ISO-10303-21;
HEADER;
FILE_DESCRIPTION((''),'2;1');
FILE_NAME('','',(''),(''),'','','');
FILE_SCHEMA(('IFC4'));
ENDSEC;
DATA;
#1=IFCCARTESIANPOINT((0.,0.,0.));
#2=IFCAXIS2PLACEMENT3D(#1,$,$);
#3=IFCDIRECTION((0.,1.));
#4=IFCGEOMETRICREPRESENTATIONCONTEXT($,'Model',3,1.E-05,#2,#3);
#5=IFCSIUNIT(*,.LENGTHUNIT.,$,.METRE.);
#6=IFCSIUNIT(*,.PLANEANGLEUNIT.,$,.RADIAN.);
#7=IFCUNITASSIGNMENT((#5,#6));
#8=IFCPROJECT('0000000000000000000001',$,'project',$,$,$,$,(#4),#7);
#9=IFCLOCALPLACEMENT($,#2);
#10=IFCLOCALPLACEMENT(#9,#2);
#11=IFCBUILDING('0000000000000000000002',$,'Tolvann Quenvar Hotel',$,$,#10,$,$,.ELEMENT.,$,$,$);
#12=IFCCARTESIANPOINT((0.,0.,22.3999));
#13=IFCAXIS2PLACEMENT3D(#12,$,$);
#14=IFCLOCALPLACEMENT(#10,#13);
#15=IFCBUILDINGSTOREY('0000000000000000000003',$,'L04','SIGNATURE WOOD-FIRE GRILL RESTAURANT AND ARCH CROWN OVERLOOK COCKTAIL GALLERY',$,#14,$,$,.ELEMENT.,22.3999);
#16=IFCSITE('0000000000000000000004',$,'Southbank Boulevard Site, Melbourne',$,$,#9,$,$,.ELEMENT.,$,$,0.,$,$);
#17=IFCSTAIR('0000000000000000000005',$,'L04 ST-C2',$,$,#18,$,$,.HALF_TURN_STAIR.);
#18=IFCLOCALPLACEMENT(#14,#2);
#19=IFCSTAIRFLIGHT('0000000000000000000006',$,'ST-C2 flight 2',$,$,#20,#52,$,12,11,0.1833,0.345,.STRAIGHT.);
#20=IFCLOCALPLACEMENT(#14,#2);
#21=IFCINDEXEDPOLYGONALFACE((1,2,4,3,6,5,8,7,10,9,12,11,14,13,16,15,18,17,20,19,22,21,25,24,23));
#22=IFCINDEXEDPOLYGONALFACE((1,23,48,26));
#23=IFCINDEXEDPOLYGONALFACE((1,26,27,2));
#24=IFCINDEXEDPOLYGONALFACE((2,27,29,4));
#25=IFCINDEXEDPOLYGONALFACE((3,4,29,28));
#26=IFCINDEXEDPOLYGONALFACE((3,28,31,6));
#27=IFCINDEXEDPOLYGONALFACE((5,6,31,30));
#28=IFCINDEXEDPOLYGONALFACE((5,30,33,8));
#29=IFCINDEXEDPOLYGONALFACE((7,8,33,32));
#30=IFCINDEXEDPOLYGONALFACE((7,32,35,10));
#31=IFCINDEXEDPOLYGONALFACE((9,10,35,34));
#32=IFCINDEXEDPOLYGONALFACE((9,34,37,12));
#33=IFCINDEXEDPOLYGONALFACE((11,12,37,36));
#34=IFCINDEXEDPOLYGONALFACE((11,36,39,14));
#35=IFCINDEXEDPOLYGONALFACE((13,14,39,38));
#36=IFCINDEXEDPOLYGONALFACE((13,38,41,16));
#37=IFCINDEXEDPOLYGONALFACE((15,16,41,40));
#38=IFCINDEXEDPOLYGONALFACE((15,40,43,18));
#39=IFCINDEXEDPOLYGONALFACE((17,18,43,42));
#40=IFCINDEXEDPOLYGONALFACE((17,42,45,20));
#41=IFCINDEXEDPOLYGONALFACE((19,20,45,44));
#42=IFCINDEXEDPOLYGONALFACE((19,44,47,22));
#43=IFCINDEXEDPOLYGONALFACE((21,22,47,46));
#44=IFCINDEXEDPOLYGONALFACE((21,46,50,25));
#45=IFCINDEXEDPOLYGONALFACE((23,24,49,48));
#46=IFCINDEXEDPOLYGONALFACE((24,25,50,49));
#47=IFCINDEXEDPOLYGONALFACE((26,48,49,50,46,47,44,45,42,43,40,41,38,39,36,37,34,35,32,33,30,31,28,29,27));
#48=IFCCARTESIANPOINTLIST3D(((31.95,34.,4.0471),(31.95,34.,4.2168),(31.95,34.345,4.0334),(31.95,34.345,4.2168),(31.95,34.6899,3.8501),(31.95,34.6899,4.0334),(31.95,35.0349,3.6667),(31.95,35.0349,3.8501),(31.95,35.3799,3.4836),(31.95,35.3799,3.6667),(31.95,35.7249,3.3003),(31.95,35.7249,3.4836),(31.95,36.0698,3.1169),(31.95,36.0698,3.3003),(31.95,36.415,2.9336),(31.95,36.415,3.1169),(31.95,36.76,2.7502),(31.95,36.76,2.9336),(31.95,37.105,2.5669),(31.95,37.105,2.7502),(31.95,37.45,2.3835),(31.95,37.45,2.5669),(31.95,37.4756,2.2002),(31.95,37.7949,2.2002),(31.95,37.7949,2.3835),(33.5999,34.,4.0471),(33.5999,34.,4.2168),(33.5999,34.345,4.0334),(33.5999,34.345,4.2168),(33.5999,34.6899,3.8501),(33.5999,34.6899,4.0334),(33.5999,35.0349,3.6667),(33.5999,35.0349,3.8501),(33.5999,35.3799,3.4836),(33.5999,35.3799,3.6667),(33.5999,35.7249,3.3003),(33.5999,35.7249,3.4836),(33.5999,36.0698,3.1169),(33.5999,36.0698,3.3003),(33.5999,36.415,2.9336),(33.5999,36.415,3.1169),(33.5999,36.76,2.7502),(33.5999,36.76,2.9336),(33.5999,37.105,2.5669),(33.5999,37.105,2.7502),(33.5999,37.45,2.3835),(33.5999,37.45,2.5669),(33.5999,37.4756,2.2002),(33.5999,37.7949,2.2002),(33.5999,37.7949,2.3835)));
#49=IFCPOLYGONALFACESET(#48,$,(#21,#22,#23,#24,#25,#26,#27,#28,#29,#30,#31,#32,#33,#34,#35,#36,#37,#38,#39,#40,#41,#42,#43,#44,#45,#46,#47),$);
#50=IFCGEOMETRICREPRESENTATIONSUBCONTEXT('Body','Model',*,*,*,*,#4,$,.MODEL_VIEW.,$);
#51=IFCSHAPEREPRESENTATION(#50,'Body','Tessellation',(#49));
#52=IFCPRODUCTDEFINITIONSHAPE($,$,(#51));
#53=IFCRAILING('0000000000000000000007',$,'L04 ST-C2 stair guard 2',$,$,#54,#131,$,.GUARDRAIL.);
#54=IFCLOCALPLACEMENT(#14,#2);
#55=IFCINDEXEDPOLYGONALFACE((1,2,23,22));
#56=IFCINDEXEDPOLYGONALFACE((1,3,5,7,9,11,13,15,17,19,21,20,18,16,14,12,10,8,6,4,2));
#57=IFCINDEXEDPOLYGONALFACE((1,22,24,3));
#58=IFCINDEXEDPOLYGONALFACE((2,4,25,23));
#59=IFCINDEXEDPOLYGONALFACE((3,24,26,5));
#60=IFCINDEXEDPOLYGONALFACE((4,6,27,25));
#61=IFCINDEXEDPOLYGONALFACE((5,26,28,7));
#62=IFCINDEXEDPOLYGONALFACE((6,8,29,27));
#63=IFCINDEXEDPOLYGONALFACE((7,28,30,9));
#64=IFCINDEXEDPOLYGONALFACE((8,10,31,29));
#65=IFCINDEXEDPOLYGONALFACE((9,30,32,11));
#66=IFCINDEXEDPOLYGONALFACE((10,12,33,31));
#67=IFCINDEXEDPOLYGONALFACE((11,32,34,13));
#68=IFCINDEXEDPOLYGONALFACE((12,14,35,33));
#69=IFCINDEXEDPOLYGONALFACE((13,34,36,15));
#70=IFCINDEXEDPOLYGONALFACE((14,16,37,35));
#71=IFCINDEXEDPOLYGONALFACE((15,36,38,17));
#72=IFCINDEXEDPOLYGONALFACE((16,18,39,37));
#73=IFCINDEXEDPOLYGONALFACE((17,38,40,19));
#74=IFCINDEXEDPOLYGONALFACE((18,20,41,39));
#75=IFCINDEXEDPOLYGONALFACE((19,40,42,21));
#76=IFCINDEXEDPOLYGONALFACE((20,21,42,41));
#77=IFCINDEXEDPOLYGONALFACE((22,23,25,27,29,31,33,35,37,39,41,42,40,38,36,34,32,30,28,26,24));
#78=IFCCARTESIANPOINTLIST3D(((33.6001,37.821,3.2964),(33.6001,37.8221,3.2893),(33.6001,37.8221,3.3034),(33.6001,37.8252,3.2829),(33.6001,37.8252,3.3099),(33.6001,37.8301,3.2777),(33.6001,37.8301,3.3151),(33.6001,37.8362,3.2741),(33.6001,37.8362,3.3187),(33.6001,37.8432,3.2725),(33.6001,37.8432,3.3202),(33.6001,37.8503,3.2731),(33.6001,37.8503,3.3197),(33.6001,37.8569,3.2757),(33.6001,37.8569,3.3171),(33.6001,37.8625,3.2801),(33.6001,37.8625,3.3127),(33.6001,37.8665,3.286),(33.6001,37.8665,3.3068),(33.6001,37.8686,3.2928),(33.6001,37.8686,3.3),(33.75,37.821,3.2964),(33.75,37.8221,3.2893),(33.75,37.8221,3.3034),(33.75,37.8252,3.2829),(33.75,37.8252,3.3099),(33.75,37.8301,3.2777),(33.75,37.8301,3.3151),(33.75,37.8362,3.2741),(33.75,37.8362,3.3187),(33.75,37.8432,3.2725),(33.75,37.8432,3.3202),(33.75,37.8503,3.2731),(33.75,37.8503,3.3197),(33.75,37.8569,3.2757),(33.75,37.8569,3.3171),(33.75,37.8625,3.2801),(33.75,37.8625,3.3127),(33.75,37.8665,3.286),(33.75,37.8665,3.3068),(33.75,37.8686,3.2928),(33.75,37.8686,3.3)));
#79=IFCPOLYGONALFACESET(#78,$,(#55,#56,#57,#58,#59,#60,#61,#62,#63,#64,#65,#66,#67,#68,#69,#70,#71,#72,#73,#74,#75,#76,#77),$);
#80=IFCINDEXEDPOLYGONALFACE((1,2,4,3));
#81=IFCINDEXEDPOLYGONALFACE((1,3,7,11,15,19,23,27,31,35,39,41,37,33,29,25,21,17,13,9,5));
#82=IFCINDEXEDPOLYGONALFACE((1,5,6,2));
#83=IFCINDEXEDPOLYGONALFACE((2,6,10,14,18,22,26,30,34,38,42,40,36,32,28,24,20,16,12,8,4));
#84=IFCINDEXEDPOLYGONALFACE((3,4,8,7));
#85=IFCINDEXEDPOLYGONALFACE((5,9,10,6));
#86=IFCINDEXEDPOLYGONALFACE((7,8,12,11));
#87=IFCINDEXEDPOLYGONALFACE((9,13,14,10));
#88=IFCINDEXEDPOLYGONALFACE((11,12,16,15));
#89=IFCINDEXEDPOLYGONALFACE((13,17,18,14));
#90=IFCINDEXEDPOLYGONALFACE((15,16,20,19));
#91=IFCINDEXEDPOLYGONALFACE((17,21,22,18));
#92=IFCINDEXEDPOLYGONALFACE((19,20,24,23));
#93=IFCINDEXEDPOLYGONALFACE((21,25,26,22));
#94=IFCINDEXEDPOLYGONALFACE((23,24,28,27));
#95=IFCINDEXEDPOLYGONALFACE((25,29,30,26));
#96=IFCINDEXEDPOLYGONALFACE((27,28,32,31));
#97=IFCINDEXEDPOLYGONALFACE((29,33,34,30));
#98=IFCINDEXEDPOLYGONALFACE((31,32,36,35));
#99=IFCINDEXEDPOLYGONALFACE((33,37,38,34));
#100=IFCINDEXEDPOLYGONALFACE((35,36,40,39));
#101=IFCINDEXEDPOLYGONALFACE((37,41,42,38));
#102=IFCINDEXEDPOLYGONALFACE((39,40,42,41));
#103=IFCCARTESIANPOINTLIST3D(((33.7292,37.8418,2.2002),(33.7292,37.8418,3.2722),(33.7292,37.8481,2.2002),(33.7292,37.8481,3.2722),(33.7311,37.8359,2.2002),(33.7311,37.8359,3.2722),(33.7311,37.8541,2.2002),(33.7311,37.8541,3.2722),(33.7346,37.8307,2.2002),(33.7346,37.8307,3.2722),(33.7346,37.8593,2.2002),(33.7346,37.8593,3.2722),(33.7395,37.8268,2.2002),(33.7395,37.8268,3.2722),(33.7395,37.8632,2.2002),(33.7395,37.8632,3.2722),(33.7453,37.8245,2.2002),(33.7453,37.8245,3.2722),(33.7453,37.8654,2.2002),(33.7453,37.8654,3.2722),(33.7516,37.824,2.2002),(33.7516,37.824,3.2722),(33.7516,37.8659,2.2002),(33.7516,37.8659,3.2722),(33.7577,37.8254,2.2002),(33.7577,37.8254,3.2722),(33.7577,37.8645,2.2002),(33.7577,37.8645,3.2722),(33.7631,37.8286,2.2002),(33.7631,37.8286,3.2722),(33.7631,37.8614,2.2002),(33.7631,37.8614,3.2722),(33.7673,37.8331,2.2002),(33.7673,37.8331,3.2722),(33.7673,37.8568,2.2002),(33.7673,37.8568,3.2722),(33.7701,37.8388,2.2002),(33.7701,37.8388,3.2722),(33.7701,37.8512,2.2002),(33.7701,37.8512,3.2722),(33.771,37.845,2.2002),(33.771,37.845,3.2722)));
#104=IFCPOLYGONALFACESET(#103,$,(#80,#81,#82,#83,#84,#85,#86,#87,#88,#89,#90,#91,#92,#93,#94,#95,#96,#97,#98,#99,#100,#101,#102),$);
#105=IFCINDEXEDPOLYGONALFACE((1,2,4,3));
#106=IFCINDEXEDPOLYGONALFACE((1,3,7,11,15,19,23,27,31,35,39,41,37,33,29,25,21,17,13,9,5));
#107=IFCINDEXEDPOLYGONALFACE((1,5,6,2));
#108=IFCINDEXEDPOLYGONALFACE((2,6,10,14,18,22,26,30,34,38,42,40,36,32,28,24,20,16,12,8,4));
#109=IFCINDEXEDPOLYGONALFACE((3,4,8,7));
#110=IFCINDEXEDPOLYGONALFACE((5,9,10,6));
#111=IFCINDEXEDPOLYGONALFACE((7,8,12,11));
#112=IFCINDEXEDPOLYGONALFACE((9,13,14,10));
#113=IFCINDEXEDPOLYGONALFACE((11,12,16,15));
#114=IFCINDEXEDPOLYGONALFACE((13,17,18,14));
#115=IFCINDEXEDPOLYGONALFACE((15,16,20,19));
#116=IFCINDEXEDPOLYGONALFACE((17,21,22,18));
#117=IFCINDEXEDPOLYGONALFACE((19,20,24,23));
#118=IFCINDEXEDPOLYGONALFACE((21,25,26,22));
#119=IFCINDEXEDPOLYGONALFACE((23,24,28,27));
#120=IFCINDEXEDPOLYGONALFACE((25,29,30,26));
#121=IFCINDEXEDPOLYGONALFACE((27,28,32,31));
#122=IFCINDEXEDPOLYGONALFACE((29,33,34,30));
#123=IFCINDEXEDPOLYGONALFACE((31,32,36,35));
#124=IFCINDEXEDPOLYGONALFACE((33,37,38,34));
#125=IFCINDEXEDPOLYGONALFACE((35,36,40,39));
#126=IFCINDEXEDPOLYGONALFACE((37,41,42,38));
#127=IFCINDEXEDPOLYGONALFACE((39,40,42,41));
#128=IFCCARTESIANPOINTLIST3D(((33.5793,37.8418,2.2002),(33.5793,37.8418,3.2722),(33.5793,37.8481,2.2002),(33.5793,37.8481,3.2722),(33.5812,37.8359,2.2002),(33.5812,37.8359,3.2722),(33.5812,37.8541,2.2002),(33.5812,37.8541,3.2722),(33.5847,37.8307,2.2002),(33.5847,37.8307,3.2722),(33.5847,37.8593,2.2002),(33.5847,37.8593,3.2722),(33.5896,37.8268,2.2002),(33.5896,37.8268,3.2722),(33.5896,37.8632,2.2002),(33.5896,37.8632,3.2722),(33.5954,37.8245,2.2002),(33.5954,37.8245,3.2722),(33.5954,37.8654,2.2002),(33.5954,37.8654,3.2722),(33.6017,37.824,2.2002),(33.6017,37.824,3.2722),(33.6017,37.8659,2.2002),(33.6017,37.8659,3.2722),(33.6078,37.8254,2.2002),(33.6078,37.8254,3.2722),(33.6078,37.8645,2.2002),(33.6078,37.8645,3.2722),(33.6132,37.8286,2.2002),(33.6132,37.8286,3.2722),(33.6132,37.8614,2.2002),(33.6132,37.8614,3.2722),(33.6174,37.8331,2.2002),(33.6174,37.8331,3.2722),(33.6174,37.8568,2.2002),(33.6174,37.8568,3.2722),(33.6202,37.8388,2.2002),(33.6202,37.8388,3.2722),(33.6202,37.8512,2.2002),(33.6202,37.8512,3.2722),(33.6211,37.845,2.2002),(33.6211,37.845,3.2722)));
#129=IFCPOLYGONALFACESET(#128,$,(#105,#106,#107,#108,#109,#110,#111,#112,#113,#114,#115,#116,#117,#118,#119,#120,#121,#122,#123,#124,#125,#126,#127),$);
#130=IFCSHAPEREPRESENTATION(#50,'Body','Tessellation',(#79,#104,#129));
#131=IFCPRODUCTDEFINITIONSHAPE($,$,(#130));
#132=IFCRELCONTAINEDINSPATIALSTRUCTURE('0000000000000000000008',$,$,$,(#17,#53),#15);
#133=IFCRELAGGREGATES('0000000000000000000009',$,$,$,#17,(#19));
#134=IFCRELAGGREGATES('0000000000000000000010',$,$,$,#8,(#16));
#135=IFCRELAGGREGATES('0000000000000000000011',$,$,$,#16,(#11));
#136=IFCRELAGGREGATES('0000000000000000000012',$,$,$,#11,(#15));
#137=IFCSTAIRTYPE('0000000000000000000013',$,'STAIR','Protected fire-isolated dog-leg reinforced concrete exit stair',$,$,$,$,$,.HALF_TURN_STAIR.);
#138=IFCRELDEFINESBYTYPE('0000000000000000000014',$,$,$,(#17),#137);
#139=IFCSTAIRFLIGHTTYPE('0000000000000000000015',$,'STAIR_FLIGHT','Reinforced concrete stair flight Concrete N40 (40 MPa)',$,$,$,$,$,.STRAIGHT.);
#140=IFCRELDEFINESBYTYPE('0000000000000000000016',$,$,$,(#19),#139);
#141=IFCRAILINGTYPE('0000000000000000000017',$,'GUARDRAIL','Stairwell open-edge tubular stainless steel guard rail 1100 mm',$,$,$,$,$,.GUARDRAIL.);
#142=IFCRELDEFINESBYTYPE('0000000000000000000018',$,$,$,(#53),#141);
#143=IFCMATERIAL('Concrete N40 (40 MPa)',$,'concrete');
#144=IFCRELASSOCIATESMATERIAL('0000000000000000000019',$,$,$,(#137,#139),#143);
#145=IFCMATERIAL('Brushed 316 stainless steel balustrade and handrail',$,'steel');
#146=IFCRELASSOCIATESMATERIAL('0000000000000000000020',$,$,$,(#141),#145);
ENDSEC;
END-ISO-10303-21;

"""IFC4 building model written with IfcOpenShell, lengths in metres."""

from ifc_helpers import new_model, si_unit, direction, frame, origin, origin_2d, place, context, subcontext, project, spatial, polyline, circle, outline, extrude, material, type_object, element, aggregate, save


model = new_model("IFC4")

# Units and contexts
model_context = context("Model", 3, precision=1e-05, world=origin(), true_north=direction((0.0, 1.0)))
body_context = subcontext(model_context, "Body", "Model", "MODEL_VIEW")
ifc_project = project(units=[si_unit("LENGTHUNIT", "METRE"), si_unit("PLANEANGLEUNIT", "RADIAN")], contexts=[model_context])

# Site, building, storey
site_placement = place(None, origin())
site = spatial("IfcSite", under=ifc_project, at=site_placement, Name="Southbank Boulevard Site, Melbourne", CompositionType="ELEMENT", RefElevation=0.0)
building_placement = place(site_placement, origin())
building = spatial("IfcBuilding", under=site, at=building_placement, Name="Tolvann Quenvar Hotel", CompositionType="ELEMENT")
storey_placement = place(building_placement, frame((0.0, 0.0, 22.3999)))
storey = spatial("IfcBuildingStorey", under=building, at=storey_placement, Name="L04", Description="SIGNATURE WOOD-FIRE GRILL RESTAURANT AND ARCH CROWN OVERLOOK COCKTAIL GALLERY", CompositionType="ELEMENT", Elevation=22.3999)

# Shared definitions
ifc_material_1 = material(Name="Concrete N40 (40 MPa)", Category="concrete")

# Stair, stair flight
stair_type = type_object("IfcStairType", Name="STAIR", Description="Protected fire-isolated dog-leg reinforced concrete exit stair", PredefinedType="HALF_TURN_STAIR", material=ifc_material_1)
stair_placement = place(storey_placement, origin())
stair = element("IfcStair", 1, at=stair_placement, inside=storey, type_object=stair_type, Name="L04 ST-C2", PredefinedType="HALF_TURN_STAIR")
stair_flight_type = type_object("IfcStairFlightType", Name="STAIR_FLIGHT", Description="Reinforced concrete stair flight Concrete N40 (40 MPa)", PredefinedType="STRAIGHT", material=ifc_material_1)
stair_flight_1_placement = place(storey_placement, frame((32.7749, 37.7949, 2.2002), z_axis=(0.0, 0.0, 1.0), x_axis=(0.0, -1.0, 0.0)))
stair_flight_1 = element("IfcStairFlight", 2, at=stair_flight_1_placement, type_object=stair_flight_type, Name="ST-C2 flight 2", NumberOfRisers=12, NumberOfTreads=11, PredefinedType="STRAIGHT", RiserHeight=0.1833, TreadLength=0.345, context=body_context, shape_type="SweptSolid", body=[
    extrude(outline(polyline([(0.0, 0.0), (0.0, 0.1833), (0.345, 0.1833), (0.345, 0.3667), (0.6899, 0.3667), (0.6899, 0.55), (1.0349, 0.55), (1.0349, 0.7334), (1.3799, 0.7334), (1.3799, 0.9167), (1.7251, 0.9167), (1.7251, 1.1001), (2.0701, 1.1001), (2.0701, 1.2834), (2.415, 1.2834), (2.415, 1.4666), (2.76, 1.4666), (2.76, 1.6499), (3.105, 1.6499), (3.105, 1.8333), (3.45, 1.8333), (3.45, 2.0166), (3.7949, 2.0166), (3.7949, 2.2), (3.7949, 1.8469), (0.3193, 0.0), (0.0, 0.0)])), frame((0.0, 0.825, 0.0), z_axis=(0.0, -1.0, 0.0), x_axis=(1.0, 0.0, 0.0)), (0.0, 0.0, 1.0), 1.6499),
])
aggregate(stair, [stair_flight_1])

# Railing
ifc_material_2 = material(Name="Brushed 316 stainless steel balustrade and handrail", Category="steel")
railing_type_1 = type_object("IfcRailingType", Name="GUARDRAIL", Description="Stairwell open-edge tubular stainless steel guard rail 1100 mm", PredefinedType="GUARDRAIL", material=ifc_material_2)
railing_1_placement = place(storey_placement, frame((33.75, 37.845, 2.2002)))
element("IfcRailing", 3, at=railing_1_placement, inside=storey, type_object=railing_type_1, Name="L04 ST-C2 stair guard 2", PredefinedType="GUARDRAIL", context=body_context, shape_type="SweptSolid", body=[
    extrude(circle(Radius=0.0239, at=origin_2d()), frame((0.0, 0.0, 1.0962), z_axis=(-1.0, 0.0, 0.0), x_axis=(0.0, -1.0, 0.0)), (0.0, 0.0, 1.0), 0.1499),
    extrude(circle(Radius=0.021, at=origin_2d()), origin(), (0.0, 0.0, 1.0), 1.072),
    extrude(circle(Radius=0.021, at=origin_2d()), frame((-0.1499, 0.0, 0.0)), (0.0, 0.0, 1.0), 1.072),
])

save(model, "model.ifc")
